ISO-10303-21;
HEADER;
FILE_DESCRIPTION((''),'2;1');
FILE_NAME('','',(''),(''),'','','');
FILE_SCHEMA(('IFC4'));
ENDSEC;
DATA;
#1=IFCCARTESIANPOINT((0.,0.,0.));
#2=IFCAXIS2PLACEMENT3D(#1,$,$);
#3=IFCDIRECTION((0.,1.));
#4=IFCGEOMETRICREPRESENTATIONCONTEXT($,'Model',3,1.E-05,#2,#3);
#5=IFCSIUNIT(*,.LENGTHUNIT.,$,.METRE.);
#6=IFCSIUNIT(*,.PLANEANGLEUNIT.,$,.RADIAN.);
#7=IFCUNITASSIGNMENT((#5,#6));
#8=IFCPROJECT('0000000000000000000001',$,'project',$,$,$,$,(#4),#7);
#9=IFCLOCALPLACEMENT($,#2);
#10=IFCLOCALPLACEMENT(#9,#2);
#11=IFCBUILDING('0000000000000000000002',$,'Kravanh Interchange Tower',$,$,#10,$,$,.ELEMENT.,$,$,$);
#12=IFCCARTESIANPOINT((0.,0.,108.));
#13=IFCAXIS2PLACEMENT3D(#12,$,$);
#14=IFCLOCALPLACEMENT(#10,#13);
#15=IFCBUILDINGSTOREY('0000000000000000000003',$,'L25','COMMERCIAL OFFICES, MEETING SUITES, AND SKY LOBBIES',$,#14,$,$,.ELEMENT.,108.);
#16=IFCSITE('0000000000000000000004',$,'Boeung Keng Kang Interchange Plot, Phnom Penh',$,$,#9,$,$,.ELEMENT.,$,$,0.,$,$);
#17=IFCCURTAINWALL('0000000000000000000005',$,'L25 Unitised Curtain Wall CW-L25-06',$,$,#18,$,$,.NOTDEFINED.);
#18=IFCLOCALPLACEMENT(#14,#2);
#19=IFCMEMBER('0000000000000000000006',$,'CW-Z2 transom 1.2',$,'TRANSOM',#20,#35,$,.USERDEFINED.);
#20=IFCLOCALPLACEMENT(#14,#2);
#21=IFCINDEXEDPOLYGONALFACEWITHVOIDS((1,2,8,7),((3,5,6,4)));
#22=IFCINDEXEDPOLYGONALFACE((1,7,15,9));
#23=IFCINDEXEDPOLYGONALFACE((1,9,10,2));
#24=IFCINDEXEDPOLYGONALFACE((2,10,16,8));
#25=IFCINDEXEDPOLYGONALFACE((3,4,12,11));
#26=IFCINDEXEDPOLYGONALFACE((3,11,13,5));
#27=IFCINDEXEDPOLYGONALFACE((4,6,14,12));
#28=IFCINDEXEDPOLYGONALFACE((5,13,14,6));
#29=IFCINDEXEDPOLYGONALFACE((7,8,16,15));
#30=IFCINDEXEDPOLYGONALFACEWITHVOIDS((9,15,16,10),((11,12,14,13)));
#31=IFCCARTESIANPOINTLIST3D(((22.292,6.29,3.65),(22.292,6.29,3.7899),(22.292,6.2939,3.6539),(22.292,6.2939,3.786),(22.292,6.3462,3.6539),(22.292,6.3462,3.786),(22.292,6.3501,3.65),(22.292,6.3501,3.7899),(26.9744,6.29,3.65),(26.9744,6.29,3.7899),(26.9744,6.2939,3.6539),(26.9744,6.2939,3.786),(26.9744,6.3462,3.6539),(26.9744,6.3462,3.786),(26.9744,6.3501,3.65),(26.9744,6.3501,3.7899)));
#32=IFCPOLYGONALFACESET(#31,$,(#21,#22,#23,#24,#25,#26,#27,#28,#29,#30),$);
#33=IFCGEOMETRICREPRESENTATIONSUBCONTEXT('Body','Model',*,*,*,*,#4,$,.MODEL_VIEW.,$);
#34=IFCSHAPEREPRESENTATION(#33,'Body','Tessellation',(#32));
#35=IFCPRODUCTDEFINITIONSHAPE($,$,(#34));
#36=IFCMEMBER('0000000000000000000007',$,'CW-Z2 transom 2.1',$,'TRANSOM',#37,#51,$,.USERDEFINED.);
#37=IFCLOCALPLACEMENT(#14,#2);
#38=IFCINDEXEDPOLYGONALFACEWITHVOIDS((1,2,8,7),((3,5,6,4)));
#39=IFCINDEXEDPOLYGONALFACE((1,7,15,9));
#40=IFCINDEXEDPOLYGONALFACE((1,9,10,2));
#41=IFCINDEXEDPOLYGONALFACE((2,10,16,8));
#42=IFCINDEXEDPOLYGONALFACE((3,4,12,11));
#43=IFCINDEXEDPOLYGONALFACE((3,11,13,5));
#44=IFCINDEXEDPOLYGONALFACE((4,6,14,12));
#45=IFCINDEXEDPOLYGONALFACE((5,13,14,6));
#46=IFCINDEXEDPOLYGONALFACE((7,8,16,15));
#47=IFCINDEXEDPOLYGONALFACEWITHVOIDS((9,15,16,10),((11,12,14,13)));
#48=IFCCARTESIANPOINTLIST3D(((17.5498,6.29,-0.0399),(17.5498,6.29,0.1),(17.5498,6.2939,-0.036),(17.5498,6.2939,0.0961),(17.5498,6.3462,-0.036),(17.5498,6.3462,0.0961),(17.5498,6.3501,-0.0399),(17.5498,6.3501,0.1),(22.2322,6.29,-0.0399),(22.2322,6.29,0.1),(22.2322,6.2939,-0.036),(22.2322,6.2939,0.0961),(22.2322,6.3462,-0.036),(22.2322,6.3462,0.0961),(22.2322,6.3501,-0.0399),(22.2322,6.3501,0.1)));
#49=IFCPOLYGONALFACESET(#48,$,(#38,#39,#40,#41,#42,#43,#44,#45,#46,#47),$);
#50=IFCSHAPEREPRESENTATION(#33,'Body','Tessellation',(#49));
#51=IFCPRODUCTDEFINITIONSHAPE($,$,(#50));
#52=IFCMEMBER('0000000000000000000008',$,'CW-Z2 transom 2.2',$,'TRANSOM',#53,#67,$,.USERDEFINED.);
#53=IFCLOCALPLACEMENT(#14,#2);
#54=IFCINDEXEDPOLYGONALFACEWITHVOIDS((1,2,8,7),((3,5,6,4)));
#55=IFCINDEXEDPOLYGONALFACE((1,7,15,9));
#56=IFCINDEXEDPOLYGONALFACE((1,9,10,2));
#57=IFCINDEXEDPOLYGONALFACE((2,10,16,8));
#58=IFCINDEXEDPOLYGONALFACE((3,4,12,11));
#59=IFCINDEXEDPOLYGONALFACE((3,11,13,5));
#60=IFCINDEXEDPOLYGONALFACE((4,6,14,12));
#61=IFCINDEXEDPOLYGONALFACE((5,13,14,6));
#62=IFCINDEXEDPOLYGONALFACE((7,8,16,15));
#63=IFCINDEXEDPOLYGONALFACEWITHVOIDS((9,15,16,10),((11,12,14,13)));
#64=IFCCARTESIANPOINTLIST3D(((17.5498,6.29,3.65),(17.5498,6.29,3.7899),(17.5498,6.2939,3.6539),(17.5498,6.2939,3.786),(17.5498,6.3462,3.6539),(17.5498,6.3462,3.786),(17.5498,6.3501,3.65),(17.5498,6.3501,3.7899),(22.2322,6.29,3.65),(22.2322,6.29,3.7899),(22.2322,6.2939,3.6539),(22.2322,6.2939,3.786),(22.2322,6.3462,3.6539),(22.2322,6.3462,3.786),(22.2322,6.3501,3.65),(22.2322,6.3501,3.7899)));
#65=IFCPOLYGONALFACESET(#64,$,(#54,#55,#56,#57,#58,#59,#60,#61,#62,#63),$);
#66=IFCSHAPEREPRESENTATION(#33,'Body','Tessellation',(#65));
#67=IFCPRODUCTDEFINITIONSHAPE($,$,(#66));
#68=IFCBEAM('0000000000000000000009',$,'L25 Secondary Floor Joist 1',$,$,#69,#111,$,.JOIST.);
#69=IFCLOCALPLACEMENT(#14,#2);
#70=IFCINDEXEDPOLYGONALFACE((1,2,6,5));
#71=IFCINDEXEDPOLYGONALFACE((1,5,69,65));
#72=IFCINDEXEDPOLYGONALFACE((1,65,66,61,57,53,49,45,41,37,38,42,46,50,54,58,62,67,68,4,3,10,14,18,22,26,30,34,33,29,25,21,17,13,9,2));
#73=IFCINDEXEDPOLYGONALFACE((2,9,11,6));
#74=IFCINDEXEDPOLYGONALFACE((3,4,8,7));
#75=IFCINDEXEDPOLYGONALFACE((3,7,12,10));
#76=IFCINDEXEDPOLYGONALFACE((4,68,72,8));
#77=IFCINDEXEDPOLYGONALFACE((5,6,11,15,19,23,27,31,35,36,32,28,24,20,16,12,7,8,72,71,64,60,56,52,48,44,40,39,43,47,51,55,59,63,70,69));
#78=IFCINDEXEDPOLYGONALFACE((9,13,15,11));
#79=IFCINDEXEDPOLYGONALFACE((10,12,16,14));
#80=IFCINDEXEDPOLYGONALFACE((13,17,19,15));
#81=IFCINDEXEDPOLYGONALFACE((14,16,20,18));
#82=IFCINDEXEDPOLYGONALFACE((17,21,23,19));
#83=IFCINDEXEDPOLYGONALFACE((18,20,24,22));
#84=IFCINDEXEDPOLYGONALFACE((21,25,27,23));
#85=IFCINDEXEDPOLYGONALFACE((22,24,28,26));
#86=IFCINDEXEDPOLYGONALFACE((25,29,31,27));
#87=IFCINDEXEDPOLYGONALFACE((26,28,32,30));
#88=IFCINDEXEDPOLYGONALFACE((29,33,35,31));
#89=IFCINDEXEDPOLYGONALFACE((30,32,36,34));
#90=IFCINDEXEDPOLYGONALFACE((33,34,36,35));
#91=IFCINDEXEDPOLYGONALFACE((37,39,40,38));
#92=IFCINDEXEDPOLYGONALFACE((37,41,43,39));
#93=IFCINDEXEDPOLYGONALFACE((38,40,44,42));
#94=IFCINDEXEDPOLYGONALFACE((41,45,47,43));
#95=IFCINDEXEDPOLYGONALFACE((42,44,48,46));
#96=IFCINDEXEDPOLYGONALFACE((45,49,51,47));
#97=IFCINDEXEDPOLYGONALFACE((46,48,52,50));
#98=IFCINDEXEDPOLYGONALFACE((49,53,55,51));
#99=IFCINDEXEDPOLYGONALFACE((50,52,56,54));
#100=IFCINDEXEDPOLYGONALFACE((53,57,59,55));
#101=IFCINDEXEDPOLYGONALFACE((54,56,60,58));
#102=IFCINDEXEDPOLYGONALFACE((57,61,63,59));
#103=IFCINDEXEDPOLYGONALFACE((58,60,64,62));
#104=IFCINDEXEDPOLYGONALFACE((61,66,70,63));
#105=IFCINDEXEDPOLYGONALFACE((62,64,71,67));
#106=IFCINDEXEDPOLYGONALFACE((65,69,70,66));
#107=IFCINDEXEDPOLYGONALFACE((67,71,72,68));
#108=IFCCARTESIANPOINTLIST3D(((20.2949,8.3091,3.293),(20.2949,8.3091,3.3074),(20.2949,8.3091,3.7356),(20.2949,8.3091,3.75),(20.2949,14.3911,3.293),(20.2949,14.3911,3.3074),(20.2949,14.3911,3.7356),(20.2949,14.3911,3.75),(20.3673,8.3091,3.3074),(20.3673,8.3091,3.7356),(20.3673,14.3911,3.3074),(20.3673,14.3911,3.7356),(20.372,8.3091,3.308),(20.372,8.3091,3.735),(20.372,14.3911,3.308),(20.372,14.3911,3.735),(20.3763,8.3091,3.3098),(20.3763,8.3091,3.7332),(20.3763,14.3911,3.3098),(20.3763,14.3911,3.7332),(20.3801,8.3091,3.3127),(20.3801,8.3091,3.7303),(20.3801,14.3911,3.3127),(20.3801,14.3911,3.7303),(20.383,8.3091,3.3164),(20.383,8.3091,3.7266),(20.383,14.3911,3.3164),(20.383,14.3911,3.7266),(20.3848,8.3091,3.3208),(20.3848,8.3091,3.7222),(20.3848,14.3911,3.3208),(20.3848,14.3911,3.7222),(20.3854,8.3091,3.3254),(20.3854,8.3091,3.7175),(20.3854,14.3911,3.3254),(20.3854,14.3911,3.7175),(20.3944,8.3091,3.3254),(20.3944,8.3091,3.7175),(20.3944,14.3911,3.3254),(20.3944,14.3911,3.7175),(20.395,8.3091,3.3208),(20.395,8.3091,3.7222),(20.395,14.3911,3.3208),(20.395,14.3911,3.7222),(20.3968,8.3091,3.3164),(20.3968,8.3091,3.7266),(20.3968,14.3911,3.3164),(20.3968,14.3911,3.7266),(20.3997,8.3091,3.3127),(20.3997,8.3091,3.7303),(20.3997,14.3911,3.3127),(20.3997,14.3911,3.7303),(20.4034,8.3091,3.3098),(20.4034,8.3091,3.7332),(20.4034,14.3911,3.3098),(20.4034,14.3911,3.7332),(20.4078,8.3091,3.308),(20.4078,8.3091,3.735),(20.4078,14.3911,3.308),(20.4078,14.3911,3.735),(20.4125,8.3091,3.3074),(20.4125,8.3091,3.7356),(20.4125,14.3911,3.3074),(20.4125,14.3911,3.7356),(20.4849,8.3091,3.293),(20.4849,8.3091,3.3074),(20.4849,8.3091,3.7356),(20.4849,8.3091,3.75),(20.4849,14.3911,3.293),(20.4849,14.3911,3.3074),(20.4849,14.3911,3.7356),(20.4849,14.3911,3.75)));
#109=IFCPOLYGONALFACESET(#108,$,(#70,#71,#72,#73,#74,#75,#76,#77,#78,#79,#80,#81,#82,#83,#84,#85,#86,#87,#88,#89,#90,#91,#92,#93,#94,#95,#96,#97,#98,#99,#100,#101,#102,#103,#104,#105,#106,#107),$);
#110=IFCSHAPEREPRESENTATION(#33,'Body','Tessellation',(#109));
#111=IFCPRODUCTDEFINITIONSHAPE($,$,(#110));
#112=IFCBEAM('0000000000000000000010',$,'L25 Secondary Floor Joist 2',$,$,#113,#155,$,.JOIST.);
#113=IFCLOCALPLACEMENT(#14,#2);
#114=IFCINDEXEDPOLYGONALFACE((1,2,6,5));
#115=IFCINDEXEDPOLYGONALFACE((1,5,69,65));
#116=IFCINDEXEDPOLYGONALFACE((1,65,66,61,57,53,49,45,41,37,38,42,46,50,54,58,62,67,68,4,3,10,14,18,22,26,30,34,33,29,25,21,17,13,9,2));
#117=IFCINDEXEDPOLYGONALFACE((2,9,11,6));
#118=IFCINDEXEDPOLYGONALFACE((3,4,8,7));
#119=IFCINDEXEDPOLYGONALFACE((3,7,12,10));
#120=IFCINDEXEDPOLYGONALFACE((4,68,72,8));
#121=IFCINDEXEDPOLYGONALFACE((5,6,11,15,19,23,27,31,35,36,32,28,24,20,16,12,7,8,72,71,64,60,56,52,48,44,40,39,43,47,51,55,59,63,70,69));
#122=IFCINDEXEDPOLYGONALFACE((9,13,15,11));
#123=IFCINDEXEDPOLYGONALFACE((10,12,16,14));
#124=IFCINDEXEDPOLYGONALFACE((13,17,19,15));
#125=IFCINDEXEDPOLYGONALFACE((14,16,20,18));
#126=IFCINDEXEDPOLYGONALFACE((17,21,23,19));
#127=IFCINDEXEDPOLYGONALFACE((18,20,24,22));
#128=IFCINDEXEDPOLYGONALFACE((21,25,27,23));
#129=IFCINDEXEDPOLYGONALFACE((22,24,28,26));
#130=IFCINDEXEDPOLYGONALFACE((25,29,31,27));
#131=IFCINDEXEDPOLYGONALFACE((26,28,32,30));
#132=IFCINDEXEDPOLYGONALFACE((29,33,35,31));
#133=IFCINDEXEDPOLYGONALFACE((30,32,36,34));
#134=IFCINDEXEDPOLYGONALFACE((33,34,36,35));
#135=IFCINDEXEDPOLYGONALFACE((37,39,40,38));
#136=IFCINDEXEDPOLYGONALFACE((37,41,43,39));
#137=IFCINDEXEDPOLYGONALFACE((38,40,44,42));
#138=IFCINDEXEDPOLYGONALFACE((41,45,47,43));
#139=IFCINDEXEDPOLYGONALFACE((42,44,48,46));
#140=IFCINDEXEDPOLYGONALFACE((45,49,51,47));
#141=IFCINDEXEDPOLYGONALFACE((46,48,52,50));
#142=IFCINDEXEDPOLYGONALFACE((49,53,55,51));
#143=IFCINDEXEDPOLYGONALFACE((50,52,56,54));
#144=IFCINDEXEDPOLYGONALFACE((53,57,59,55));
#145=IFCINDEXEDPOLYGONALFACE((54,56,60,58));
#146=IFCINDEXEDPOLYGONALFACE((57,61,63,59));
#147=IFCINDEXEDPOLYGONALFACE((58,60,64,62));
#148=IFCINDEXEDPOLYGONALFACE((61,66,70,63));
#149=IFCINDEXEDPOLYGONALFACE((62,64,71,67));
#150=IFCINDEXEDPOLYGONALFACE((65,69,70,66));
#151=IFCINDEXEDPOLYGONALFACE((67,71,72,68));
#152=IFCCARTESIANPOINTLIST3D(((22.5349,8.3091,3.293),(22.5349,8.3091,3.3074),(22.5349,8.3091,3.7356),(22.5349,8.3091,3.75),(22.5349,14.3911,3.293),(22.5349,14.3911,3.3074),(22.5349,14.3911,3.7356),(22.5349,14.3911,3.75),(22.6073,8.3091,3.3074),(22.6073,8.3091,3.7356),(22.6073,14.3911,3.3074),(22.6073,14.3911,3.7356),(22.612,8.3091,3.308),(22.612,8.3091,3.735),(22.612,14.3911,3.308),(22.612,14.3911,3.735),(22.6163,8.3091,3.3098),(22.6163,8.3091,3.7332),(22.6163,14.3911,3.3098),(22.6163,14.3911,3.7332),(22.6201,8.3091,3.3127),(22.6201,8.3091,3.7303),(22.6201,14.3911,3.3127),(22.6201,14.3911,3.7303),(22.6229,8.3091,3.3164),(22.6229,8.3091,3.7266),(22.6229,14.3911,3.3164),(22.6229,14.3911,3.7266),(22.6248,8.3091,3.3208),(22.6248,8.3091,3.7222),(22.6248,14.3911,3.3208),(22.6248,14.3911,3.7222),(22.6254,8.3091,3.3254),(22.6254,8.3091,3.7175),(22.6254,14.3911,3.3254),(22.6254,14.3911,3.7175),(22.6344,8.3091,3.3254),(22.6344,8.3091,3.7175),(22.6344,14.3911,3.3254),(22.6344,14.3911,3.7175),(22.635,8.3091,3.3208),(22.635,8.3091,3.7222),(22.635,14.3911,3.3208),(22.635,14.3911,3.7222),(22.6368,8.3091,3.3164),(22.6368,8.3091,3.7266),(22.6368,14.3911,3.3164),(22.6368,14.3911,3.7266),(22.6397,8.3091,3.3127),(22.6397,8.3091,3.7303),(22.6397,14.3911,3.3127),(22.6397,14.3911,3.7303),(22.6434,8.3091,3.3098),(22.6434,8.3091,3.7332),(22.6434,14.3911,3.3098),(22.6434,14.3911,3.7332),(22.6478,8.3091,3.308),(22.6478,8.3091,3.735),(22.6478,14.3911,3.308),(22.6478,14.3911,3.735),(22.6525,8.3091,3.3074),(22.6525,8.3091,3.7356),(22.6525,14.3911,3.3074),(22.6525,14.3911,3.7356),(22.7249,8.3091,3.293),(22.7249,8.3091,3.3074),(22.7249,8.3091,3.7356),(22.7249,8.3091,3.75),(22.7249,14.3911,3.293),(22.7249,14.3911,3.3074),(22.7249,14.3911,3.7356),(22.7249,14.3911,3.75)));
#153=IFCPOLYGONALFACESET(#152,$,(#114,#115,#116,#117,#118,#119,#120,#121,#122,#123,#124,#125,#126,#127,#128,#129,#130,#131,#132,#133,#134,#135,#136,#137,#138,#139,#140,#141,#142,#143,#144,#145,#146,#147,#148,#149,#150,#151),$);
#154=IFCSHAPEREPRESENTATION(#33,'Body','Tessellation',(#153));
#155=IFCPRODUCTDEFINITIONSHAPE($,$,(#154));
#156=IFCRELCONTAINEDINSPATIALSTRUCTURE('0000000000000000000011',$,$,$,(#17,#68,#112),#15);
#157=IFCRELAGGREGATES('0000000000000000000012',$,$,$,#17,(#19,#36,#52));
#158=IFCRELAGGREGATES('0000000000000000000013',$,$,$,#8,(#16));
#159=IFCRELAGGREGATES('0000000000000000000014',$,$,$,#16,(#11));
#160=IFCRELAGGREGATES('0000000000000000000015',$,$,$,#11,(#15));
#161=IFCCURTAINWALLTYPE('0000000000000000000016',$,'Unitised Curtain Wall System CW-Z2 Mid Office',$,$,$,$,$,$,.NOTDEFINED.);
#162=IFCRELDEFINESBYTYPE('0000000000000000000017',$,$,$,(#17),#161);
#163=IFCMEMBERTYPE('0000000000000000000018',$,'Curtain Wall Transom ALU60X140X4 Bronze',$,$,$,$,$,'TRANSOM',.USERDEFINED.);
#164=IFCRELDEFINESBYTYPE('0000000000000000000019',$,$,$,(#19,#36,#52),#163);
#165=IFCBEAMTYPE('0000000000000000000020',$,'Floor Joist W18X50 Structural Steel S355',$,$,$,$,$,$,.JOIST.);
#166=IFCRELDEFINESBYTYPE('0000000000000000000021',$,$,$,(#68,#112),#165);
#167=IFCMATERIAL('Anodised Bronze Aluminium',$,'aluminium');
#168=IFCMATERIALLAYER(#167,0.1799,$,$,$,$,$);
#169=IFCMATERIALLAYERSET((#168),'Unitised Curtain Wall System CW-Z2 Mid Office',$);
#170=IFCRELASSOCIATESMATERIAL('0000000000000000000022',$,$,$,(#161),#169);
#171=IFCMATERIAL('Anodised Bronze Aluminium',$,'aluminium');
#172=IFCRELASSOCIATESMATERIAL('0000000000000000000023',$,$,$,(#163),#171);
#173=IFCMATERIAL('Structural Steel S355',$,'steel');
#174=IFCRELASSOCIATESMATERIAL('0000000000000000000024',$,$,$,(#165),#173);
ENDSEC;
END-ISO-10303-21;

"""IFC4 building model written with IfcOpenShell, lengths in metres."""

from ifc_helpers import new_model, si_unit, direction, frame, origin, origin_2d, place, context, subcontext, project, spatial, hollow_rectangle, i_section, extrude, material, layer, layer_set, material_profile, profile_set, type_object, element, aggregate, save


model = new_model("IFC4")

# Units and contexts
model_context = context("Model", 3, precision=1e-05, world=origin(), true_north=direction((0.0, 1.0)))
body_context = subcontext(model_context, "Body", "Model", "MODEL_VIEW")
ifc_project = project(units=[si_unit("LENGTHUNIT", "METRE"), si_unit("PLANEANGLEUNIT", "RADIAN")], contexts=[model_context])

# Site, building, storey
site_placement = place(None, origin())
site = spatial("IfcSite", under=ifc_project, at=site_placement, Name="Boeung Keng Kang Interchange Plot, Phnom Penh", CompositionType="ELEMENT", RefElevation=0.0)
building_placement = place(site_placement, origin())
building = spatial("IfcBuilding", under=site, at=building_placement, Name="Kravanh Interchange Tower", CompositionType="ELEMENT")
storey_placement = place(building_placement, frame((0.0, 0.0, 108.0)))
storey = spatial("IfcBuildingStorey", under=building, at=storey_placement, Name="L25", Description="COMMERCIAL OFFICES, MEETING SUITES, AND SKY LOBBIES", CompositionType="ELEMENT", Elevation=108.0)

# Shared definitions
ifc_material_1 = material(Name="Anodised Bronze Aluminium", Category="aluminium")
ifc_layer_1 = layer(ifc_material_1, 0.1799)
ifc_layer_set_1 = layer_set([ifc_layer_1], Name="Unitised Curtain Wall System CW-Z2 Mid Office")
curtain_wall_type = type_object("IfcCurtainWallType", Name="Unitised Curtain Wall System CW-Z2 Mid Office", PredefinedType="NOTDEFINED", material=ifc_layer_set_1)

# Curtain wall, members
curtain_wall_1_placement = place(storey_placement, origin())
curtain_wall_1 = element("IfcCurtainWall", 1, at=curtain_wall_1_placement, inside=storey, type_object=curtain_wall_type, Name="L25 Unitised Curtain Wall CW-L25-06", PredefinedType="NOTDEFINED")
ifc_material_2 = material(Name="Anodised Bronze Aluminium", Category="aluminium")
ifc_material_profile_1 = material_profile(ifc_material_2, hollow_rectangle(XDim=0.0601, YDim=0.1399, WallThickness=0.0039, at=origin_2d()), Name="ALU60X140X4")
ifc_profile_set_1 = profile_set([ifc_material_profile_1], Name="Anodised Bronze Aluminium")
member_type_1 = type_object("IfcMemberType", Name="Curtain Wall Transom ALU60X140X4 Bronze", ElementType="TRANSOM", PredefinedType="USERDEFINED", material=ifc_profile_set_1)
member_1_placement = place(storey_placement, frame((26.9744, 6.3201, 3.72), z_axis=(-1.0, 0.0, 0.0), x_axis=(0.0, -1.0, 0.0)))
member_1 = element("IfcMember", 2, at=member_1_placement, type_object=member_type_1, Name="CW-Z2 transom 1.2", ObjectType="TRANSOM", PredefinedType="USERDEFINED", context=body_context, shape_type="SweptSolid", body=[
    extrude(hollow_rectangle(XDim=0.0601, YDim=0.1399, WallThickness=0.0039, at=origin_2d()), origin(), (0.0, 0.0, 1.0), 4.6824),
])
member_2_placement = place(storey_placement, frame((22.2322, 6.3201, 0.03), z_axis=(-1.0, 0.0, 0.0), x_axis=(0.0, -1.0, 0.0)))
member_2 = element("IfcMember", 3, at=member_2_placement, type_object=member_type_1, Name="CW-Z2 transom 2.1", ObjectType="TRANSOM", PredefinedType="USERDEFINED", context=body_context, shape_type="SweptSolid", body=[
    extrude(hollow_rectangle(XDim=0.0601, YDim=0.1399, WallThickness=0.0039, at=origin_2d()), origin(), (0.0, 0.0, 1.0), 4.6824),
])
member_3_placement = place(storey_placement, frame((22.2322, 6.3201, 3.72), z_axis=(-1.0, 0.0, 0.0), x_axis=(0.0, -1.0, 0.0)))
member_3 = element("IfcMember", 4, at=member_3_placement, type_object=member_type_1, Name="CW-Z2 transom 2.2", ObjectType="TRANSOM", PredefinedType="USERDEFINED", context=body_context, shape_type="SweptSolid", body=[
    extrude(hollow_rectangle(XDim=0.0601, YDim=0.1399, WallThickness=0.0039, at=origin_2d()), origin(), (0.0, 0.0, 1.0), 4.6824),
])

# Beams
ifc_material_3 = material(Name="Structural Steel S355", Category="steel")
ifc_material_profile_2 = material_profile(ifc_material_3, i_section(OverallWidth=0.1899, OverallDepth=0.457, WebThickness=0.009, FlangeThickness=0.0144, FilletRadius=0.0181, at=origin_2d()), Name="W18X50")
ifc_profile_set_2 = profile_set([ifc_material_profile_2], Name="Structural Steel S355")
beam_type_1 = type_object("IfcBeamType", Name="Floor Joist W18X50 Structural Steel S355", PredefinedType="JOIST", material=ifc_profile_set_2)
for number, where, z_axis, x_axis, name in (
    (5, (20.3899, 8.3091, 3.5215), (0.0, 1.0, 0.0), (-1.0, 0.0, 0.0), "L25 Secondary Floor Joist 1"),
    (6, (22.6299, 8.3091, 3.5215), (0.0, 1.0, 0.0), (-1.0, 0.0, 0.0), "L25 Secondary Floor Joist 2"),
):
    element("IfcBeam", number, at=place(storey_placement, frame(where, z_axis=z_axis, x_axis=x_axis)), inside=storey, type_object=beam_type_1, Name=name, PredefinedType="JOIST", context=body_context, shape_type="SweptSolid", body=[
        extrude(i_section(OverallWidth=0.1899, OverallDepth=0.457, WebThickness=0.009, FlangeThickness=0.0144, FilletRadius=0.0181, at=origin_2d()), origin(), (0.0, 0.0, 1.0), 6.082),
    ])

aggregate(curtain_wall_1, [member_1, member_2, member_3])

save(model, "model.ifc")
